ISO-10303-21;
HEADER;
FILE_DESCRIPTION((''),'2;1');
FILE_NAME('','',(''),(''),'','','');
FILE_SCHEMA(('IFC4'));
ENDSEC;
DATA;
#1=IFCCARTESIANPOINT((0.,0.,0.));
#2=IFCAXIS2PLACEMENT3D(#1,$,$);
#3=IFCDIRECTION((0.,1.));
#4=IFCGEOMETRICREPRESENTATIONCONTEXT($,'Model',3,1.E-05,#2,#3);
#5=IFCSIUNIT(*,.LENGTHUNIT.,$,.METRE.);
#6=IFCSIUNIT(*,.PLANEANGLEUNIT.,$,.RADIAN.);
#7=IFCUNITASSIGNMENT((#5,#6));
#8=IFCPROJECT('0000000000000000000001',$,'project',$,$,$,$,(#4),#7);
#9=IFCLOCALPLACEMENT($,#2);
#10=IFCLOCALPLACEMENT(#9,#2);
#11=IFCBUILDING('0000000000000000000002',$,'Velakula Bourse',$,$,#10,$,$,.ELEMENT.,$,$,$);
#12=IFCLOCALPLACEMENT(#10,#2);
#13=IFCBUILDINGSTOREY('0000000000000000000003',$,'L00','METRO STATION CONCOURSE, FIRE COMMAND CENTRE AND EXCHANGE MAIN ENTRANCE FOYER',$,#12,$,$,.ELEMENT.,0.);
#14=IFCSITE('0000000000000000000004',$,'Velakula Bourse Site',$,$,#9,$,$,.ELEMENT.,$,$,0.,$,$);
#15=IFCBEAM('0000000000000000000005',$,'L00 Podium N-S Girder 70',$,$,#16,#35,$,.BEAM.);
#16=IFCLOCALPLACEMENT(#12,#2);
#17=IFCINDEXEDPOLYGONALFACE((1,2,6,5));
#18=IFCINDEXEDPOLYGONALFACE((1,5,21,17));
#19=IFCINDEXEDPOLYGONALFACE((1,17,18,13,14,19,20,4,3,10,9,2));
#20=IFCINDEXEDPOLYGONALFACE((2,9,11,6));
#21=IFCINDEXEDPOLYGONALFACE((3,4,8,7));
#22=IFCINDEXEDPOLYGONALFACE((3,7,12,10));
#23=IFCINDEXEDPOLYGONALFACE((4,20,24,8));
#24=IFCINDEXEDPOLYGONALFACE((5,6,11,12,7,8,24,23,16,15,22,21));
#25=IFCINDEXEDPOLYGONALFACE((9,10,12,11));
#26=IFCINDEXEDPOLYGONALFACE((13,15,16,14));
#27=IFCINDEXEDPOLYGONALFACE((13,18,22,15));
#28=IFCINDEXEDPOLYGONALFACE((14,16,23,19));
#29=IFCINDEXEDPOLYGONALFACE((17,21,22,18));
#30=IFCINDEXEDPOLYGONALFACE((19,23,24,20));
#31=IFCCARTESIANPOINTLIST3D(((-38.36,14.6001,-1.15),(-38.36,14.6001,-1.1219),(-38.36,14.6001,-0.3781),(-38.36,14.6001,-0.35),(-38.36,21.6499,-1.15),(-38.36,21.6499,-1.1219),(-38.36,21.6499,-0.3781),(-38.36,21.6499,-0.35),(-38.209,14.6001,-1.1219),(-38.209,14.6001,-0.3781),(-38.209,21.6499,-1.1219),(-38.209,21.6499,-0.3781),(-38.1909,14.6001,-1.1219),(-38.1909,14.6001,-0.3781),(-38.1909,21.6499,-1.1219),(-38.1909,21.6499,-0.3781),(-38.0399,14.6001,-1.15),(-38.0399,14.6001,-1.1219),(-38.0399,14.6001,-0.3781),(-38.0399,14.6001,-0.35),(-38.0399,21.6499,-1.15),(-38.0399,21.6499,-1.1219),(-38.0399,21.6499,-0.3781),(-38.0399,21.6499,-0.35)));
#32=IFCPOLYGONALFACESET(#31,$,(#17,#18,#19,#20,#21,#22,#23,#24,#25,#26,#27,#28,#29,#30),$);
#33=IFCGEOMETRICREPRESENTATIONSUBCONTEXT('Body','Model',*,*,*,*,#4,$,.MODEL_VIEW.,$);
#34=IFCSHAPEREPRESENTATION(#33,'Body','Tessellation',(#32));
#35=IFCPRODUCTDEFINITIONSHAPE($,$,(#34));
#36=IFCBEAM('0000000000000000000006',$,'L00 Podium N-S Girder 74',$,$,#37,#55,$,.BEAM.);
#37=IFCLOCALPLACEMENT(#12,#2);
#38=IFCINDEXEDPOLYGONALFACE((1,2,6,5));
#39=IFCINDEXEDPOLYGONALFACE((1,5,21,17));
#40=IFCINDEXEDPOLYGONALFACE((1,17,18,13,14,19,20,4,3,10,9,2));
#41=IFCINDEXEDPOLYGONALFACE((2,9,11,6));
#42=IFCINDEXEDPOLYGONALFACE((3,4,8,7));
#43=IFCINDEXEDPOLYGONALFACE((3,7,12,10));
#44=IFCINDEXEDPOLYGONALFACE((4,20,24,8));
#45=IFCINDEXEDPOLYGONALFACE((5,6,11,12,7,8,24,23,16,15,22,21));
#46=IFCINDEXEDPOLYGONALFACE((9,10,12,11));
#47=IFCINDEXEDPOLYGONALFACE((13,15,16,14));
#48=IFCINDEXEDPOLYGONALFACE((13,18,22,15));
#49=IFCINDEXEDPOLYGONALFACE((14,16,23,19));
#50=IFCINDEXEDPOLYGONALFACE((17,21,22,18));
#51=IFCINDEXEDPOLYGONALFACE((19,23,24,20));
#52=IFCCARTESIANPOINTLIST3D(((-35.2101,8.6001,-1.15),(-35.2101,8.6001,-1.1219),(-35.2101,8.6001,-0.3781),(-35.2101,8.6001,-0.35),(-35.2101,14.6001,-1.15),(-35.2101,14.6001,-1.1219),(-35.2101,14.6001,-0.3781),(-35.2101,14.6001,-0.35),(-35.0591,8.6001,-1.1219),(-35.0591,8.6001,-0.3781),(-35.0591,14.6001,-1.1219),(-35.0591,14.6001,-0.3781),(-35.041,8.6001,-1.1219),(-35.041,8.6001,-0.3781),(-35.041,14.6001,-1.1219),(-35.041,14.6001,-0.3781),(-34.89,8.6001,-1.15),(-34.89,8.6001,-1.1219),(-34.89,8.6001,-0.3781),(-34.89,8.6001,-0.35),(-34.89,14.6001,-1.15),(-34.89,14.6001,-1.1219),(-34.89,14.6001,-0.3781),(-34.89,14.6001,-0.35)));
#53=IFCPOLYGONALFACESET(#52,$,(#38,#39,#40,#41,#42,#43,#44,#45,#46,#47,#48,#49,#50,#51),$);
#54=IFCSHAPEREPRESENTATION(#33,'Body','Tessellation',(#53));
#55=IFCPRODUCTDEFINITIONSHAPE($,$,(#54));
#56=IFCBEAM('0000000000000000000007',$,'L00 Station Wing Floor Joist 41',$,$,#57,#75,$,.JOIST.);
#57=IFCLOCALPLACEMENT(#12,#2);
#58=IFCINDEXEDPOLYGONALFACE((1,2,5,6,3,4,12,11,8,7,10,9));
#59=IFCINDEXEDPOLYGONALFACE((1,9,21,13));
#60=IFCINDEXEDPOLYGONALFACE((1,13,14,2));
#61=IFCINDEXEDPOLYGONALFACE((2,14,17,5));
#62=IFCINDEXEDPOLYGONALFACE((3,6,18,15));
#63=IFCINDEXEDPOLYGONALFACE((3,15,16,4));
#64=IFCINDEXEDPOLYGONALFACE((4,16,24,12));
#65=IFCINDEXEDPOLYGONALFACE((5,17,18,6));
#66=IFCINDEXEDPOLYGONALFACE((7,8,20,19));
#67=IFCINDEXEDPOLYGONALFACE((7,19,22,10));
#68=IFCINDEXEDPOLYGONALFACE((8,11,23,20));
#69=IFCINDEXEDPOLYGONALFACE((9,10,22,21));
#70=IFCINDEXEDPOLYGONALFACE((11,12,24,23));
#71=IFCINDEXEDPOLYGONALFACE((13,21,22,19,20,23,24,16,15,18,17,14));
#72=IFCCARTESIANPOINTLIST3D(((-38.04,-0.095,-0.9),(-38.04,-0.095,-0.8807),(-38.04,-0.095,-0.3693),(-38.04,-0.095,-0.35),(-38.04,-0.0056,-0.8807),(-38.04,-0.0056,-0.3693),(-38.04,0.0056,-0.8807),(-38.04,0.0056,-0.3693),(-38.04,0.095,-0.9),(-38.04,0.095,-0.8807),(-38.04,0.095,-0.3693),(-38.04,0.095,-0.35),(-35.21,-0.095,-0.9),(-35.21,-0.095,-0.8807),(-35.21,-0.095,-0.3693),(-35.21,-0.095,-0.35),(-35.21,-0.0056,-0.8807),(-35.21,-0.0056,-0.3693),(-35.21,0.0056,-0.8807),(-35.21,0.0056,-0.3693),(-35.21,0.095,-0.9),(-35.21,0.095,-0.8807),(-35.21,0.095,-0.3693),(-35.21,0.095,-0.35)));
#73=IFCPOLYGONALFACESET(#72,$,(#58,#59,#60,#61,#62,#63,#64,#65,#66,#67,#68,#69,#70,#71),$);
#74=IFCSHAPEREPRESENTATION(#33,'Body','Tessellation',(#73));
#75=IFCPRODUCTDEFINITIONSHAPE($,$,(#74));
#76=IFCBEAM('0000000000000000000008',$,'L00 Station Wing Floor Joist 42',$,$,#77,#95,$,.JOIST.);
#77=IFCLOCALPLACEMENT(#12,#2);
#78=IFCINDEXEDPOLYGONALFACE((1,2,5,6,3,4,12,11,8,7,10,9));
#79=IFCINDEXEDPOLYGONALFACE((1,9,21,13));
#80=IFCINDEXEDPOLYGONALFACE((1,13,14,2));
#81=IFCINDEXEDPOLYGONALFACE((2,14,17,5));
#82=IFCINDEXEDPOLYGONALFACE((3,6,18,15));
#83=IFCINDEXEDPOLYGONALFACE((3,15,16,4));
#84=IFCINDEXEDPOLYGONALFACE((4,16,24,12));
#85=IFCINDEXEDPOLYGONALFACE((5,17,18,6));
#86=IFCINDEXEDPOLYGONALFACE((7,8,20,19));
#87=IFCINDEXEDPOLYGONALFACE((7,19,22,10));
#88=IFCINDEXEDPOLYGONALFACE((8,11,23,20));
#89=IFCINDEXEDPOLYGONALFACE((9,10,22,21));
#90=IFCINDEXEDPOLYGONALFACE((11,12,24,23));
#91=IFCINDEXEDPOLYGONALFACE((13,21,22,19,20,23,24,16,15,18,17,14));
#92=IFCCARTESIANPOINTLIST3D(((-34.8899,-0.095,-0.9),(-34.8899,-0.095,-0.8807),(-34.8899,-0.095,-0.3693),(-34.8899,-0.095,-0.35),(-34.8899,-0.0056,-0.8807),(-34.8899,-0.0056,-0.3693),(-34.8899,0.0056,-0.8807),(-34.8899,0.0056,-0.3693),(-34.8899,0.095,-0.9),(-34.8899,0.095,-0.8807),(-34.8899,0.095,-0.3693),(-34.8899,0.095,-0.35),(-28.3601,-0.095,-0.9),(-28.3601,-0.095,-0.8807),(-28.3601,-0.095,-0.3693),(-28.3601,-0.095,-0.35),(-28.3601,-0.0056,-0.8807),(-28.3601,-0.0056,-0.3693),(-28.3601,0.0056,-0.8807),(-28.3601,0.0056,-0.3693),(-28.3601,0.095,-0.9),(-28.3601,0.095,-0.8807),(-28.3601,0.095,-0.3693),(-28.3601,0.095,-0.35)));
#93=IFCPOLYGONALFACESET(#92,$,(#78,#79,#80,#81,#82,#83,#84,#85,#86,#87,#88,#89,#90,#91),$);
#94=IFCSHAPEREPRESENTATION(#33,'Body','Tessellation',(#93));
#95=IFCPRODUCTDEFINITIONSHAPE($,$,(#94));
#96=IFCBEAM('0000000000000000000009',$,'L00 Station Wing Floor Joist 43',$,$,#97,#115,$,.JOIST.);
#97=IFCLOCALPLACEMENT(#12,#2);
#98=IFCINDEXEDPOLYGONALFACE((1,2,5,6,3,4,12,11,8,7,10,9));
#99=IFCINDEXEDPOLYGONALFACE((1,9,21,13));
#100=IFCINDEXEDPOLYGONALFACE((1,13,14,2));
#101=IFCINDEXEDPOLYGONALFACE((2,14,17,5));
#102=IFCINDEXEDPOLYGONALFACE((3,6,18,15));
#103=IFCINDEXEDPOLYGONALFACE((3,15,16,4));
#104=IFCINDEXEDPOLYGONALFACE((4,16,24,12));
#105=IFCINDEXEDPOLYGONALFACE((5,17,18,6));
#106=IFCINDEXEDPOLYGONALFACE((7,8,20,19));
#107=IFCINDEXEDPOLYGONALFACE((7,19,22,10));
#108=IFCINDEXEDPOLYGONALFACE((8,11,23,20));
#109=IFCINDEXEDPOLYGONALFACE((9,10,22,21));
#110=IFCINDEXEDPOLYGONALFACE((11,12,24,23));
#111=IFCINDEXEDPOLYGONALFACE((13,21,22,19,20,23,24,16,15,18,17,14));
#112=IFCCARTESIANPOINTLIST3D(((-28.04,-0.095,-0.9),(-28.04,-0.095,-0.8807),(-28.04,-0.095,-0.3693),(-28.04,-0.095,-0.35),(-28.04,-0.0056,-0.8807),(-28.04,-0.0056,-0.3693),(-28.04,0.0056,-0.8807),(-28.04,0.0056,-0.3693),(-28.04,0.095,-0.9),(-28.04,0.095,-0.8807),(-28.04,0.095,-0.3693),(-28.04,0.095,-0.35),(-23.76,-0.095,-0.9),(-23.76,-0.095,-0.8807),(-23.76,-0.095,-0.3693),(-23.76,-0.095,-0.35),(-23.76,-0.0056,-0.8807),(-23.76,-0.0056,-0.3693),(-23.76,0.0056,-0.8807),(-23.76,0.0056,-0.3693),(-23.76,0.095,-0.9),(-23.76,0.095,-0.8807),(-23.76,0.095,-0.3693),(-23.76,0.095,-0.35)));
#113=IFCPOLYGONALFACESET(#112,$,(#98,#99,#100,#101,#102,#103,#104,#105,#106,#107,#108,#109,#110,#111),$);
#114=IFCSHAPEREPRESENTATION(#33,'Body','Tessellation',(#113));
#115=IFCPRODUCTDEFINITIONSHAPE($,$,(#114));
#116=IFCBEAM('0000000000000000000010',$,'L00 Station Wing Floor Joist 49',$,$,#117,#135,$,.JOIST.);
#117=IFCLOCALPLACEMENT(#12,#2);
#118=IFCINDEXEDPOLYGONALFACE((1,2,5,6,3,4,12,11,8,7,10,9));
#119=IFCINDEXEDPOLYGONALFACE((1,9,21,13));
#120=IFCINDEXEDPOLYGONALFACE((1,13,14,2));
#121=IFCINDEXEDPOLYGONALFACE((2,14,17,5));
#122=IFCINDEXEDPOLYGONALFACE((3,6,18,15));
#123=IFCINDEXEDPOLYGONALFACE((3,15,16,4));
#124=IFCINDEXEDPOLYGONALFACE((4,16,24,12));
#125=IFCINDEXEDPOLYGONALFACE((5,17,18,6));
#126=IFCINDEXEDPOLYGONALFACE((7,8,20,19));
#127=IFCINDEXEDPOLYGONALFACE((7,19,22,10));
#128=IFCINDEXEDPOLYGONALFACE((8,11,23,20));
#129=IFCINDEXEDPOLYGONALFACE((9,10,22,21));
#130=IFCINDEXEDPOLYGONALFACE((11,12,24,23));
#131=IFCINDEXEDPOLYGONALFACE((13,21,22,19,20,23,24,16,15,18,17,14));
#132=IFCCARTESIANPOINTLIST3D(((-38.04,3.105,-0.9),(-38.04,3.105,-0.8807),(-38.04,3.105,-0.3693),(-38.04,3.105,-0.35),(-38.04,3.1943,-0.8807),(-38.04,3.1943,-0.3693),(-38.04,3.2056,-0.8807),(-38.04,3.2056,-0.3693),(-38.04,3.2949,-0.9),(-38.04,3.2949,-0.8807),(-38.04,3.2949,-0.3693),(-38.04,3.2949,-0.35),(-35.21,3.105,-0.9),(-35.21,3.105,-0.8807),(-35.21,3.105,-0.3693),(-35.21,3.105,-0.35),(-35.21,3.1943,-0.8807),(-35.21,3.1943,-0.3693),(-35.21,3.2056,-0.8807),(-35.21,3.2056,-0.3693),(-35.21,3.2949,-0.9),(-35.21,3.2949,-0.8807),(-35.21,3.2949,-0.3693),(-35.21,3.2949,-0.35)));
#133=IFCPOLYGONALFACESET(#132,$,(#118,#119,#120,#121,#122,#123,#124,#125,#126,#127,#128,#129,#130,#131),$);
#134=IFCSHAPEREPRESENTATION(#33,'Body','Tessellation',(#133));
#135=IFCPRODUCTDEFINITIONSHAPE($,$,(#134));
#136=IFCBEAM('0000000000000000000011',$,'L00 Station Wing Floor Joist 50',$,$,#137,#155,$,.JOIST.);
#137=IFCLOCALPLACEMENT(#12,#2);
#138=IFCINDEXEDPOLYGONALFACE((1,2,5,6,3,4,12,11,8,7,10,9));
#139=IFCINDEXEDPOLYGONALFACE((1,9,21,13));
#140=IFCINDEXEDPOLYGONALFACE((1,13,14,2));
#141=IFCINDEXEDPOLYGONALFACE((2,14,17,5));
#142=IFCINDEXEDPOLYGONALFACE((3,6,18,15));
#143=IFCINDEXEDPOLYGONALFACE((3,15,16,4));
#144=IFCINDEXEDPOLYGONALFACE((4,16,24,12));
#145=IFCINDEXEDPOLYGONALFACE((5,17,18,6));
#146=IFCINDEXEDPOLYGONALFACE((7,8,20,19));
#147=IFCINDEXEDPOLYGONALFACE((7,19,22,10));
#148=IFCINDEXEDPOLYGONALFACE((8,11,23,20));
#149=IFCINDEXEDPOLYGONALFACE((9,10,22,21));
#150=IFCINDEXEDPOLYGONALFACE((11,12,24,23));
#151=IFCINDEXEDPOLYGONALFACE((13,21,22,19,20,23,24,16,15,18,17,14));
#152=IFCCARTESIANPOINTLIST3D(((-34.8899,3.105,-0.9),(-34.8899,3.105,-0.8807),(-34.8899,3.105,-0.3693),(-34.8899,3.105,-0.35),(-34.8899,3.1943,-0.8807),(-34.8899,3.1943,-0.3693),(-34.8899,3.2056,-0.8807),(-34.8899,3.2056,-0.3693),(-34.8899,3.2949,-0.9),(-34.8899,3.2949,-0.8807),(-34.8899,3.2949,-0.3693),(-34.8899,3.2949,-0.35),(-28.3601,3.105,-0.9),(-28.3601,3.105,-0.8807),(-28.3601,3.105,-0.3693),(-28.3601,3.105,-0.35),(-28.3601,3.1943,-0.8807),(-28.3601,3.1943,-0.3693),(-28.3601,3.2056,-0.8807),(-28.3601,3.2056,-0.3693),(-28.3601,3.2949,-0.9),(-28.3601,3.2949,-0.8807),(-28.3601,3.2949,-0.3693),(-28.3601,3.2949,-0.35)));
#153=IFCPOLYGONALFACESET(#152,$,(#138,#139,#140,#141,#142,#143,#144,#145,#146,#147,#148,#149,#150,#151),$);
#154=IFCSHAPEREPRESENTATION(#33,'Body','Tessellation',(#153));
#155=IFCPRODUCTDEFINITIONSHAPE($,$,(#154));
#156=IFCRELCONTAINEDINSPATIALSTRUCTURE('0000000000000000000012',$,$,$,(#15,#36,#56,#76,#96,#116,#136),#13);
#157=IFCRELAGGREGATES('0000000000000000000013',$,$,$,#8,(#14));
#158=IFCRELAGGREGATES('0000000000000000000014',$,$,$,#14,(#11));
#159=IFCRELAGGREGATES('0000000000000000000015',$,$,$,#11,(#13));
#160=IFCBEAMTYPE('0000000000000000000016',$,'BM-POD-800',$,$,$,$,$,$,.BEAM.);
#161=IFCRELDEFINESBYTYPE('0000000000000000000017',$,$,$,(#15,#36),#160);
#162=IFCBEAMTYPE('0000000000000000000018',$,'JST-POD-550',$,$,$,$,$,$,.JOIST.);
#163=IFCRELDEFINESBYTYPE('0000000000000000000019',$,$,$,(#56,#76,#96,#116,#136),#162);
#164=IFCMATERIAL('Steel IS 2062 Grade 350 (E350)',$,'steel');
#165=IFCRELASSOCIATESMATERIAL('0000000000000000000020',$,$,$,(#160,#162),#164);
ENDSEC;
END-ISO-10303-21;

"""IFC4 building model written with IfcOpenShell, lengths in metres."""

from ifc_helpers import new_model, si_unit, direction, frame, origin, origin_2d, place, context, subcontext, project, spatial, i_section, extrude, material, material_profile, profile_set, type_object, element, save


model = new_model("IFC4")

# Units and contexts
model_context = context("Model", 3, precision=1e-05, world=origin(), true_north=direction((0.0, 1.0)))
body_context = subcontext(model_context, "Body", "Model", "MODEL_VIEW")
ifc_project = project(units=[si_unit("LENGTHUNIT", "METRE"), si_unit("PLANEANGLEUNIT", "RADIAN")], contexts=[model_context])

# Site, building, storey
site_placement = place(None, origin())
site = spatial("IfcSite", under=ifc_project, at=site_placement, Name="Velakula Bourse Site", CompositionType="ELEMENT", RefElevation=0.0)
building_placement = place(site_placement, origin())
building = spatial("IfcBuilding", under=site, at=building_placement, Name="Velakula Bourse", CompositionType="ELEMENT")
storey_placement = place(building_placement, origin())
storey = spatial("IfcBuildingStorey", under=building, at=storey_placement, Name="L00", Description="METRO STATION CONCOURSE, FIRE COMMAND CENTRE AND EXCHANGE MAIN ENTRANCE FOYER", CompositionType="ELEMENT", Elevation=0.0)

# Beams
ifc_material_1 = material(Name="Steel IS 2062 Grade 350 (E350)", Category="steel")
ifc_material_profile_1 = material_profile(ifc_material_1, i_section(OverallWidth=0.3201, OverallDepth=0.8, WebThickness=0.0181, FlangeThickness=0.0281, at=origin_2d()), Name="Steel IS 2062 Grade 350 (E350)")
ifc_profile_set_1 = profile_set([ifc_material_profile_1], Name="Steel IS 2062 Grade 350 (E350)")
beam_type_1 = type_object("IfcBeamType", Name="BM-POD-800", PredefinedType="BEAM", material=ifc_profile_set_1)
beam_1_placement = place(storey_placement, frame((-38.2, 14.6001, -0.75), z_axis=(0.0, 1.0, 0.0), x_axis=(-1.0, 0.0, 0.0)))
element("IfcBeam", 1, at=beam_1_placement, inside=storey, type_object=beam_type_1, Name="L00 Podium N-S Girder 70", PredefinedType="BEAM", context=body_context, shape_type="SweptSolid", body=[
    extrude(i_section(OverallWidth=0.3201, OverallDepth=0.8, WebThickness=0.0181, FlangeThickness=0.0281, at=origin_2d()), origin(), (0.0, 0.0, 1.0), 7.0498),
])
beam_2_placement = place(storey_placement, frame((-35.05, 8.6001, -0.75), z_axis=(0.0, 1.0, 0.0), x_axis=(-1.0, 0.0, 0.0)))
element("IfcBeam", 2, at=beam_2_placement, inside=storey, type_object=beam_type_1, Name="L00 Podium N-S Girder 74", PredefinedType="BEAM", context=body_context, shape_type="SweptSolid", body=[
    extrude(i_section(OverallWidth=0.3201, OverallDepth=0.8, WebThickness=0.0181, FlangeThickness=0.0281, at=origin_2d()), origin(), (0.0, 0.0, 1.0), 6.0),
])
ifc_material_profile_2 = material_profile(ifc_material_1, i_section(OverallWidth=0.1899, OverallDepth=0.55, WebThickness=0.0112, FlangeThickness=0.0193, at=origin_2d()), Name="Steel IS 2062 Grade 350 (E350)")
ifc_profile_set_2 = profile_set([ifc_material_profile_2], Name="Steel IS 2062 Grade 350 (E350)")
beam_type_2 = type_object("IfcBeamType", Name="JST-POD-550", PredefinedType="JOIST", material=ifc_profile_set_2)
beam_3_placement = place(storey_placement, frame((-38.04, 0.0, -0.625), z_axis=(1.0, 0.0, 0.0), x_axis=(0.0, 1.0, 0.0)))
element("IfcBeam", 3, at=beam_3_placement, inside=storey, type_object=beam_type_2, Name="L00 Station Wing Floor Joist 41", PredefinedType="JOIST", context=body_context, shape_type="SweptSolid", body=[
    extrude(i_section(OverallWidth=0.1899, OverallDepth=0.55, WebThickness=0.0112, FlangeThickness=0.0193, at=origin_2d()), origin(), (0.0, 0.0, 1.0), 2.8301),
])
beam_4_placement = place(storey_placement, frame((-34.8899, 0.0, -0.625), z_axis=(1.0, 0.0, 0.0), x_axis=(0.0, 1.0, 0.0)))
element("IfcBeam", 4, at=beam_4_placement, inside=storey, type_object=beam_type_2, Name="L00 Station Wing Floor Joist 42", PredefinedType="JOIST", context=body_context, shape_type="SweptSolid", body=[
    extrude(i_section(OverallWidth=0.1899, OverallDepth=0.55, WebThickness=0.0112, FlangeThickness=0.0193, at=origin_2d()), origin(), (0.0, 0.0, 1.0), 6.5298),
])
beam_5_placement = place(storey_placement, frame((-28.04, 0.0, -0.625), z_axis=(1.0, 0.0, 0.0), x_axis=(0.0, 1.0, 0.0)))
element("IfcBeam", 5, at=beam_5_placement, inside=storey, type_object=beam_type_2, Name="L00 Station Wing Floor Joist 43", PredefinedType="JOIST", context=body_context, shape_type="SweptSolid", body=[
    extrude(i_section(OverallWidth=0.1899, OverallDepth=0.55, WebThickness=0.0112, FlangeThickness=0.0193, at=origin_2d()), origin(), (0.0, 0.0, 1.0), 4.28),
])
beam_6_placement = place(storey_placement, frame((-38.04, 3.2, -0.625), z_axis=(1.0, 0.0, 0.0), x_axis=(0.0, 1.0, 0.0)))
element("IfcBeam", 6, at=beam_6_placement, inside=storey, type_object=beam_type_2, Name="L00 Station Wing Floor Joist 49", PredefinedType="JOIST", context=body_context, shape_type="SweptSolid", body=[
    extrude(i_section(OverallWidth=0.1899, OverallDepth=0.55, WebThickness=0.0112, FlangeThickness=0.0193, at=origin_2d()), origin(), (0.0, 0.0, 1.0), 2.8301),
])
beam_7_placement = place(storey_placement, frame((-34.8899, 3.2, -0.625), z_axis=(1.0, 0.0, 0.0), x_axis=(0.0, 1.0, 0.0)))
element("IfcBeam", 7, at=beam_7_placement, inside=storey, type_object=beam_type_2, Name="L00 Station Wing Floor Joist 50", PredefinedType="JOIST", context=body_context, shape_type="SweptSolid", body=[
    extrude(i_section(OverallWidth=0.1899, OverallDepth=0.55, WebThickness=0.0112, FlangeThickness=0.0193, at=origin_2d()), origin(), (0.0, 0.0, 1.0), 6.5298),
])

save(model, "model.ifc")
